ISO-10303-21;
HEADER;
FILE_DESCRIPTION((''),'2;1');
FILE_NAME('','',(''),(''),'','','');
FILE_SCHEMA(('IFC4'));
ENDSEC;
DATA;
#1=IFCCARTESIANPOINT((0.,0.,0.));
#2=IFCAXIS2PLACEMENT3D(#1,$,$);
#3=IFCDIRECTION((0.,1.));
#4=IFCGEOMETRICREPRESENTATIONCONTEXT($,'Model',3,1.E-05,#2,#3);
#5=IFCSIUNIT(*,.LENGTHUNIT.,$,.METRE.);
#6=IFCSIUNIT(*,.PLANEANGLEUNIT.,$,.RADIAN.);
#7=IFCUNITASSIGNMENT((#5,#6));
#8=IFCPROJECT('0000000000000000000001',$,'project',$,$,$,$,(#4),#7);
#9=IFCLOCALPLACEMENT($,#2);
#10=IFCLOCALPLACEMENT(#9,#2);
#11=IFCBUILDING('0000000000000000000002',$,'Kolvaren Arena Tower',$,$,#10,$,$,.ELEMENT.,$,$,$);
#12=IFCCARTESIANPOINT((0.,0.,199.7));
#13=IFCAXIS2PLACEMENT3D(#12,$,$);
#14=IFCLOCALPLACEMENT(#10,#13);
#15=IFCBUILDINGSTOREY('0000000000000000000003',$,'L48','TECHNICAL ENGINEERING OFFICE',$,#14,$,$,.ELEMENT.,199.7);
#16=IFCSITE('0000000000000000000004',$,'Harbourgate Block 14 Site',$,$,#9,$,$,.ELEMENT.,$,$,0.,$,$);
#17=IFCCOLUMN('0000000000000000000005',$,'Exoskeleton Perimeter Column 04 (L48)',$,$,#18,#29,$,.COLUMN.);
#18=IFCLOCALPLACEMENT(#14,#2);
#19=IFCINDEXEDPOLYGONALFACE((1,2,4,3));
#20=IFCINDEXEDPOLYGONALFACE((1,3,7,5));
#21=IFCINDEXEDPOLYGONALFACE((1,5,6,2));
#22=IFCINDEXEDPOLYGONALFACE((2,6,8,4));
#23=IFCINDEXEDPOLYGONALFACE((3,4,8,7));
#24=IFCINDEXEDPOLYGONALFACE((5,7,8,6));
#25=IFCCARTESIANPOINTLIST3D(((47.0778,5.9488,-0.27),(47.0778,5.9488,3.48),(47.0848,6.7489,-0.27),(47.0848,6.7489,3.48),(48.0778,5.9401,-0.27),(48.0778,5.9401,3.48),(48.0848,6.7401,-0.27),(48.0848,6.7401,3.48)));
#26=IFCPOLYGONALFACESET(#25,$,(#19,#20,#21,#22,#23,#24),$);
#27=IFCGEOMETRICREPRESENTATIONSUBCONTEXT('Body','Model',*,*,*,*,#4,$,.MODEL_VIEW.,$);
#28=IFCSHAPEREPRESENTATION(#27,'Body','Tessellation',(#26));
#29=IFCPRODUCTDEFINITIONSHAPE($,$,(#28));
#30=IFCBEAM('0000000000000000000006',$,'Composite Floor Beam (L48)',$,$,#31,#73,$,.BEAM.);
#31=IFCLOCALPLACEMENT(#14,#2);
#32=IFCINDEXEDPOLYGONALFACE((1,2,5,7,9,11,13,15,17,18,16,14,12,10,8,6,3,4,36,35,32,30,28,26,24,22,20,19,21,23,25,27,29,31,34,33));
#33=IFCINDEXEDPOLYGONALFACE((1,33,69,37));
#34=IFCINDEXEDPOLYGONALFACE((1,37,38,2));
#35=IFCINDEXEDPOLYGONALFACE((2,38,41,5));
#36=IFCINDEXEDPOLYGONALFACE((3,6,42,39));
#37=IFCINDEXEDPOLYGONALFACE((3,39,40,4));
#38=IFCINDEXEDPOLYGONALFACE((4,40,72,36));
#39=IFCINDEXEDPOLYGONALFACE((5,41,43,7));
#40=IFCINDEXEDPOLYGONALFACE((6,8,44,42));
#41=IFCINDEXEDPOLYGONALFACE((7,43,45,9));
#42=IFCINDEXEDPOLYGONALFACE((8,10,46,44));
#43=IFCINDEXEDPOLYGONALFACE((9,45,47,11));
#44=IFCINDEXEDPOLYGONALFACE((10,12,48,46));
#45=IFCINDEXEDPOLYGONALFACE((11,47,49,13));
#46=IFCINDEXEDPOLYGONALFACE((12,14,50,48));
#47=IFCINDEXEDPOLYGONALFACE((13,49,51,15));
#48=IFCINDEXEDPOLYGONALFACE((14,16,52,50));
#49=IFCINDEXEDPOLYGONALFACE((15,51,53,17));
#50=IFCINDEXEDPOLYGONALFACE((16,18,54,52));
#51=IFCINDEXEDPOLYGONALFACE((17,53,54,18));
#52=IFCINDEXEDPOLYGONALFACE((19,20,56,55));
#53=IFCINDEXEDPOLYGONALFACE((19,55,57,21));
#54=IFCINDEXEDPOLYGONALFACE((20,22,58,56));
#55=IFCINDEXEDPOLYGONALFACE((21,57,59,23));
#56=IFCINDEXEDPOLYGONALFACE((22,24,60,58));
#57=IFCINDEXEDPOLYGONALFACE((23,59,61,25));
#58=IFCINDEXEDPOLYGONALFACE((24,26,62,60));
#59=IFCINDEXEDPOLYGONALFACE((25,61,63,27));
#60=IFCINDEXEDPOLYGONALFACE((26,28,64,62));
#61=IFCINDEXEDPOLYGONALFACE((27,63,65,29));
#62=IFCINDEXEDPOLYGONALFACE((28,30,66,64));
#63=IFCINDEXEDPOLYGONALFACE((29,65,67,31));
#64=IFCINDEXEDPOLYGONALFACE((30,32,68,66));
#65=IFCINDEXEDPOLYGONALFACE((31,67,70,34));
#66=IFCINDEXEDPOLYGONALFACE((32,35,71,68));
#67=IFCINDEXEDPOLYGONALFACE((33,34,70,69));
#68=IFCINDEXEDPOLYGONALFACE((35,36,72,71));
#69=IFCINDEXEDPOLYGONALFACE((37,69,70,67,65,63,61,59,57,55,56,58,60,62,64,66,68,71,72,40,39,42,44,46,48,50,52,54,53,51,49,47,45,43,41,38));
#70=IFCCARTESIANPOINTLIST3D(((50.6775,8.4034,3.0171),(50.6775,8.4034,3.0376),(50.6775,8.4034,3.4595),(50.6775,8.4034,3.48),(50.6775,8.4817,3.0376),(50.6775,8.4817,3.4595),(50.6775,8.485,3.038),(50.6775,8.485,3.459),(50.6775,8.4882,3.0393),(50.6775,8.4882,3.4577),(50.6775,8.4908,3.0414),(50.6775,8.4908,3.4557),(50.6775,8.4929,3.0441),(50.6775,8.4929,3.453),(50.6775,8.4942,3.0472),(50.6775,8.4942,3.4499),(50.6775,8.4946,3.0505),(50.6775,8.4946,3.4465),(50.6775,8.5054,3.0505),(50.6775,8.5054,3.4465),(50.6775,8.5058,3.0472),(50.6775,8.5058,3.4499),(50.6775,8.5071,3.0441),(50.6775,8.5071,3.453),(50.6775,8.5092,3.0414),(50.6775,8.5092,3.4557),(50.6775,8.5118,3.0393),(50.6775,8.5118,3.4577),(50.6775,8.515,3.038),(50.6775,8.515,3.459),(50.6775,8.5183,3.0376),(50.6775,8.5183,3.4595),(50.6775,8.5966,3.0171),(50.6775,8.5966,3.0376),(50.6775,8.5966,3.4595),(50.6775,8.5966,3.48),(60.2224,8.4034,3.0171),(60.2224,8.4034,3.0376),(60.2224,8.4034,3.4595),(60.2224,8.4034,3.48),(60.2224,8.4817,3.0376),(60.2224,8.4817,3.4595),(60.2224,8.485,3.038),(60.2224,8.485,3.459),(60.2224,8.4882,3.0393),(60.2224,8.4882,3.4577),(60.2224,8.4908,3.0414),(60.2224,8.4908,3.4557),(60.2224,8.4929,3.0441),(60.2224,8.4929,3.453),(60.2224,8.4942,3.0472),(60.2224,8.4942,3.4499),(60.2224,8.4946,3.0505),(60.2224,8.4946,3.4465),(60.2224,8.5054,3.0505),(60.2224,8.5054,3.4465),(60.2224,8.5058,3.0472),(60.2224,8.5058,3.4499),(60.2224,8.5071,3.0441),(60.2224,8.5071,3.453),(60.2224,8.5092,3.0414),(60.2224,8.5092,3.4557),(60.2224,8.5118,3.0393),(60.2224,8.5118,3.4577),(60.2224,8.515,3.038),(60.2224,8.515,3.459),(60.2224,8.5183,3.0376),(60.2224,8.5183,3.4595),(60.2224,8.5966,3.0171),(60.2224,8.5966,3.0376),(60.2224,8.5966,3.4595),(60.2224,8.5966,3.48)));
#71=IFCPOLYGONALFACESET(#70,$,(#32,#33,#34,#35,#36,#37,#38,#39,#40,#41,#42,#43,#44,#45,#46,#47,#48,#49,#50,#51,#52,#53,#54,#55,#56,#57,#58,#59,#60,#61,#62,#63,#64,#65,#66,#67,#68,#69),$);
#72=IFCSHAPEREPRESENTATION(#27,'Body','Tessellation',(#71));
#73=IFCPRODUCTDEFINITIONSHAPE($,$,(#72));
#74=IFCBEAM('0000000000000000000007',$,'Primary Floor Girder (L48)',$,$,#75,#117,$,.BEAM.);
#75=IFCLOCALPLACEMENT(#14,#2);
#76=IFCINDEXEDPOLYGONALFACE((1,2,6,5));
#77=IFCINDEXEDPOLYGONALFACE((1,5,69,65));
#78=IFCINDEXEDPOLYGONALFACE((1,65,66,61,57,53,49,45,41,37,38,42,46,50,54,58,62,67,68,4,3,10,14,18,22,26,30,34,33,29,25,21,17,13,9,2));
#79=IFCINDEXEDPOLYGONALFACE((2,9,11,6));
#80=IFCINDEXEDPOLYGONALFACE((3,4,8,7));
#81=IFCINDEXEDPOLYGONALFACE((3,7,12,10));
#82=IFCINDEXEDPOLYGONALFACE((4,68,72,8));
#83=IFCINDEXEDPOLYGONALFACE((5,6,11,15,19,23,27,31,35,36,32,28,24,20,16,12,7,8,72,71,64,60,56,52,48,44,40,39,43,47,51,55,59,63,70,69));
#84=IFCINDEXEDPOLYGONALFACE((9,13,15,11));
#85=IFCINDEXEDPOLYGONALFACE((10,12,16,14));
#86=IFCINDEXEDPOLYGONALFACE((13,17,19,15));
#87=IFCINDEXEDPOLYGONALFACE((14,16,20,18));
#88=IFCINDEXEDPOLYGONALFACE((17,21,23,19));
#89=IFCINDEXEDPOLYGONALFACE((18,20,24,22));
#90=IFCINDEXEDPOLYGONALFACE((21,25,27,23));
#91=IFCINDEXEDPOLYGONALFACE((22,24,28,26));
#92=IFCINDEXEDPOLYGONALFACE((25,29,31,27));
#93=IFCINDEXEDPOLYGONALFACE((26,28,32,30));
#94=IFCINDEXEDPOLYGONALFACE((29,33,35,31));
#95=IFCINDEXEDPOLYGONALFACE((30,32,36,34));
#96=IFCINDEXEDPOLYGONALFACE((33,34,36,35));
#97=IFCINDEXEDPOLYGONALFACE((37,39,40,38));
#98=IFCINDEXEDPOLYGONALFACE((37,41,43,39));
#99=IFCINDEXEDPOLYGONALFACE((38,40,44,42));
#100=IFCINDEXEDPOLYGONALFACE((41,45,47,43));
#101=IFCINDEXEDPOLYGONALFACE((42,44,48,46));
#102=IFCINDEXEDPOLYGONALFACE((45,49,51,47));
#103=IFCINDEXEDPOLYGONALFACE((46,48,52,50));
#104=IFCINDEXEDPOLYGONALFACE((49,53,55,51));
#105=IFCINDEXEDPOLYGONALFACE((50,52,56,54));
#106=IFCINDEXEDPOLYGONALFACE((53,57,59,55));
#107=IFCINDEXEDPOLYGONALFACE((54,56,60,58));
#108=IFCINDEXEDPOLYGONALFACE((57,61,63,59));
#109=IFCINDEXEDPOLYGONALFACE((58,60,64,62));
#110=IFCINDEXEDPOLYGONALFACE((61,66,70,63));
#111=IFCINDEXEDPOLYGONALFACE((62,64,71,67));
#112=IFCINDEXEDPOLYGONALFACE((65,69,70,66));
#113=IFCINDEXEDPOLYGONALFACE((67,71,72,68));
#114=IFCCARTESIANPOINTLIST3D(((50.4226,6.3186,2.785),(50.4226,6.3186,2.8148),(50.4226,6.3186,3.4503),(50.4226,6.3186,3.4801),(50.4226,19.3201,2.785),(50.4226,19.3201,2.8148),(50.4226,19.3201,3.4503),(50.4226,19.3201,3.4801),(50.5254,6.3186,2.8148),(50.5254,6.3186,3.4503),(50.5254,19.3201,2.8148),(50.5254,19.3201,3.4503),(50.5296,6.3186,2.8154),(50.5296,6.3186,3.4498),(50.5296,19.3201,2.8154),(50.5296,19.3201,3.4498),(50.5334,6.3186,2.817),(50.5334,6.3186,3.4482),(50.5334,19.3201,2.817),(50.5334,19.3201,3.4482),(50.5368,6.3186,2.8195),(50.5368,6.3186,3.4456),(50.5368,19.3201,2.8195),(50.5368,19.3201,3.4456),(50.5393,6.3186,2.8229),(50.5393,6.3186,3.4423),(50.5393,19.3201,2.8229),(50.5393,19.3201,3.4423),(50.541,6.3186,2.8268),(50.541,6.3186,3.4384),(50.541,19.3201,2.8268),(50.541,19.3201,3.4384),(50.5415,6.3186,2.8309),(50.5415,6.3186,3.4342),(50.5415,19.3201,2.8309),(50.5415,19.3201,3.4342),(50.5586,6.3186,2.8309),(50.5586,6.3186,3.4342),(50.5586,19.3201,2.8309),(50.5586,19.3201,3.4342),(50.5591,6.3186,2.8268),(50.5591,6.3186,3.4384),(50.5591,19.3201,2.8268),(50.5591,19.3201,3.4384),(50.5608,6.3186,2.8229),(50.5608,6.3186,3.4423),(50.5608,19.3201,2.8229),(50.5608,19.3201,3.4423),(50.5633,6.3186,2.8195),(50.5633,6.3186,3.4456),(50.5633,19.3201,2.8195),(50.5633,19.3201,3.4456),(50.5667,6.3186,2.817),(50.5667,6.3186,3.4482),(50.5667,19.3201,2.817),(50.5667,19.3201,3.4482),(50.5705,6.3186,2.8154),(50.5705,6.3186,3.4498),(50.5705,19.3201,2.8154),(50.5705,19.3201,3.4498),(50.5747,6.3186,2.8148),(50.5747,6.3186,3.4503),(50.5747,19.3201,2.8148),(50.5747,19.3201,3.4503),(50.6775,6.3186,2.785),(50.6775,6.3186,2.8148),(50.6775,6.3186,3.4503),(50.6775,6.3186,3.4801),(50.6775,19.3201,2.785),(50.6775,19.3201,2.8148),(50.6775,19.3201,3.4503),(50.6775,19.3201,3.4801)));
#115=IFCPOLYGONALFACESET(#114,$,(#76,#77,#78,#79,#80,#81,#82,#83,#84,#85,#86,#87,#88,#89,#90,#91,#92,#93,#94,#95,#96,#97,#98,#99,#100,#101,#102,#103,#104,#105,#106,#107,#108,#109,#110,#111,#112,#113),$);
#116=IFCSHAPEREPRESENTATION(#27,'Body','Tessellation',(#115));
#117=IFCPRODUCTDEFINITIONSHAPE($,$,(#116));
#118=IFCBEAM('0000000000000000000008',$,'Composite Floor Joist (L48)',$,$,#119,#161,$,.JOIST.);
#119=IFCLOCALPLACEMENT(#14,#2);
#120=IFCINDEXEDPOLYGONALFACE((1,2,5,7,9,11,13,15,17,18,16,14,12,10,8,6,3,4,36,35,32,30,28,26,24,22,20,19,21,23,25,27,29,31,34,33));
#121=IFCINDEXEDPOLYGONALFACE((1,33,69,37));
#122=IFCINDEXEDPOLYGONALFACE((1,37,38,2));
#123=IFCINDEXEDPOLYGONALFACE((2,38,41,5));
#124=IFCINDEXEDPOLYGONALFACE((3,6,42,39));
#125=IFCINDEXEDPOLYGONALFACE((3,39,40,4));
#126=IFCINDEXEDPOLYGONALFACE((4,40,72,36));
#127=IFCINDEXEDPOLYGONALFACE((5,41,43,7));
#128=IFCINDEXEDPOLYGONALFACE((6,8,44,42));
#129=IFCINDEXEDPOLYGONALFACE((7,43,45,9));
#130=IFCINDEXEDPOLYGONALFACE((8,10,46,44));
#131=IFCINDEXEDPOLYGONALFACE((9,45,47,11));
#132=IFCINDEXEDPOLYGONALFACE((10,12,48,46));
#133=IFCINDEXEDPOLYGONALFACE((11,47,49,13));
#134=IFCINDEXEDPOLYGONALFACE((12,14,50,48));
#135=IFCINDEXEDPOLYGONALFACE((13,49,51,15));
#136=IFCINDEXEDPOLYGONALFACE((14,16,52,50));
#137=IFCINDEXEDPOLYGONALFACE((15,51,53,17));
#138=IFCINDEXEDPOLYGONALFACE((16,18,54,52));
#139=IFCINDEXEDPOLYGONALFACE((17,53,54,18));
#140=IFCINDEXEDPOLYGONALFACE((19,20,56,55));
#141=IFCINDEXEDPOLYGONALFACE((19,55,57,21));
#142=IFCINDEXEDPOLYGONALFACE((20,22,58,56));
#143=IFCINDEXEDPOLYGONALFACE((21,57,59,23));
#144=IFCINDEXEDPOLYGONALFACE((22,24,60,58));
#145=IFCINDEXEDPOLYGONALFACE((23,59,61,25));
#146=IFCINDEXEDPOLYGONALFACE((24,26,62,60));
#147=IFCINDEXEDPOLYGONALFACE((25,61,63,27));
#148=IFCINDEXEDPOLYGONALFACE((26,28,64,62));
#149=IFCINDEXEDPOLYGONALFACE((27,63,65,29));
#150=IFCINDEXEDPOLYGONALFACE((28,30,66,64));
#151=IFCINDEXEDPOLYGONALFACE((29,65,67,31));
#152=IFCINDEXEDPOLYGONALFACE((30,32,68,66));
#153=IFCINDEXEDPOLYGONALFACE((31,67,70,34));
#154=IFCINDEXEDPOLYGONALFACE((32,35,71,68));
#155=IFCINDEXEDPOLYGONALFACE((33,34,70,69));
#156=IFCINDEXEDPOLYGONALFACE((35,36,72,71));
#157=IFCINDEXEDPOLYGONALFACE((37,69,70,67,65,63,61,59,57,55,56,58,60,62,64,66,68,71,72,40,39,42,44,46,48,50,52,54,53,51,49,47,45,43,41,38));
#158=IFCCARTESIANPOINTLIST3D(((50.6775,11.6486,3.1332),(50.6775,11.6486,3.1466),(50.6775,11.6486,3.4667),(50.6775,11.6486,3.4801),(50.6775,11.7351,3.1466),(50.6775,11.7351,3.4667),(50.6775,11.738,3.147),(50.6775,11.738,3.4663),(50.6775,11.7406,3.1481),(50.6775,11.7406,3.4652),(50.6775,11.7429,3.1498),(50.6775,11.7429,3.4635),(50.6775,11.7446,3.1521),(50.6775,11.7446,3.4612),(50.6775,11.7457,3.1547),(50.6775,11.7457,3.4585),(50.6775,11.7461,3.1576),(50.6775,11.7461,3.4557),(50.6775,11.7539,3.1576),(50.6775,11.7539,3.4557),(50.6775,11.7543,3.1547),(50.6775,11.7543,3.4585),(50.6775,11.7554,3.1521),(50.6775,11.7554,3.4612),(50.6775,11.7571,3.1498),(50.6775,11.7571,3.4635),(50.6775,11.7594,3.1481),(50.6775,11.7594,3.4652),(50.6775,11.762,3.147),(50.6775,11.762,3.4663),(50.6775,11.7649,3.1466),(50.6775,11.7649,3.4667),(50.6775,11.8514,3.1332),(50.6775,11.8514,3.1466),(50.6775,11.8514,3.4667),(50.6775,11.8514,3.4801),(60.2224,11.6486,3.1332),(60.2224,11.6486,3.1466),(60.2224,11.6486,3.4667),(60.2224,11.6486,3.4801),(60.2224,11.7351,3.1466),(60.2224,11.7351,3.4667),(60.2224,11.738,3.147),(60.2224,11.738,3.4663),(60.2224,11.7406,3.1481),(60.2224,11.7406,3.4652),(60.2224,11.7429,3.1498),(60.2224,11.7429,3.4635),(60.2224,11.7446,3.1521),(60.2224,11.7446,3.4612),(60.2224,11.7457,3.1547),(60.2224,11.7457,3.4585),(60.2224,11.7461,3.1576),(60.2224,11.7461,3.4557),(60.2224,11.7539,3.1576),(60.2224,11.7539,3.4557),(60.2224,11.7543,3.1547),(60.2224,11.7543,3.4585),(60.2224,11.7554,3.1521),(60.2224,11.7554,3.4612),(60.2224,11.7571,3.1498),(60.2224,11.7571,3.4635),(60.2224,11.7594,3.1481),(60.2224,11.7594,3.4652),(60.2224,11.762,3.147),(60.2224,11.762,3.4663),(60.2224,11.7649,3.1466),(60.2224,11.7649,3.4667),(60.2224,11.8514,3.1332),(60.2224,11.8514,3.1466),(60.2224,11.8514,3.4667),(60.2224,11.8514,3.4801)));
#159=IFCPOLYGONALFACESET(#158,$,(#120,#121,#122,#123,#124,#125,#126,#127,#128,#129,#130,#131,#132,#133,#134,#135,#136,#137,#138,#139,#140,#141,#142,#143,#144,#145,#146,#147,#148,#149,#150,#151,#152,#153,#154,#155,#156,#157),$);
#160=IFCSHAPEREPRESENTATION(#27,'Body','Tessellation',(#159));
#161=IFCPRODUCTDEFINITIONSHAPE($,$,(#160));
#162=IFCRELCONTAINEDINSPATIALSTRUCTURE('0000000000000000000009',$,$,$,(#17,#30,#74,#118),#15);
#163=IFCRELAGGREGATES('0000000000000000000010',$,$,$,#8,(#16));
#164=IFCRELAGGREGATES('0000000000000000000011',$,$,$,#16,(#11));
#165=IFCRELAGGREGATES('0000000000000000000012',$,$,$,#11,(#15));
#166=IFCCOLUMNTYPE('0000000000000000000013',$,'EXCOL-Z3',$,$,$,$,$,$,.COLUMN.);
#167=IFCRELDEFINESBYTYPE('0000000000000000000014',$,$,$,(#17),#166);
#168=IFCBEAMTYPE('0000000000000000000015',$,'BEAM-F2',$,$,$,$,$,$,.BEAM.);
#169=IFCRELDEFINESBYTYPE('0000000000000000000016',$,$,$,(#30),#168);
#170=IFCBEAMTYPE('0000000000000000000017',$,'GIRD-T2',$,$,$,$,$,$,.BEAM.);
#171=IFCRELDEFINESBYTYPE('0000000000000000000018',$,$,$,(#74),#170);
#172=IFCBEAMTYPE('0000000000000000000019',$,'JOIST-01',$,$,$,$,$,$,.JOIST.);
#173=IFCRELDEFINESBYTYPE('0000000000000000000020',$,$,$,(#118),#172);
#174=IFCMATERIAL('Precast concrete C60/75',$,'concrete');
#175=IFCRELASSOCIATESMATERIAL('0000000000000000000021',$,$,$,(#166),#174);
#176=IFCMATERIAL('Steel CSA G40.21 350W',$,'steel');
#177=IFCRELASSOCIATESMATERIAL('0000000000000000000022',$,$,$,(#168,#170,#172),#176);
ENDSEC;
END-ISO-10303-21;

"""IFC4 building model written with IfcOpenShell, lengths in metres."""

from ifc_helpers import new_model, si_unit, direction, frame, origin, origin_2d, place, context, subcontext, project, spatial, rectangle, i_section, extrude, material, material_profile, profile_set, type_object, element, save


model = new_model("IFC4")

# Units and contexts
model_context = context("Model", 3, precision=1e-05, world=origin(), true_north=direction((0.0, 1.0)))
body_context = subcontext(model_context, "Body", "Model", "MODEL_VIEW")
ifc_project = project(units=[si_unit("LENGTHUNIT", "METRE"), si_unit("PLANEANGLEUNIT", "RADIAN")], contexts=[model_context])

# Site, building, storey
site_placement = place(None, origin())
site = spatial("IfcSite", under=ifc_project, at=site_placement, Name="Harbourgate Block 14 Site", CompositionType="ELEMENT", RefElevation=0.0)
building_placement = place(site_placement, origin())
building = spatial("IfcBuilding", under=site, at=building_placement, Name="Kolvaren Arena Tower", CompositionType="ELEMENT")
storey_placement = place(building_placement, frame((0.0, 0.0, 199.7)))
storey = spatial("IfcBuildingStorey", under=building, at=storey_placement, Name="L48", Description="TECHNICAL ENGINEERING OFFICE", CompositionType="ELEMENT", Elevation=199.7)

# Column
ifc_material_1 = material(Name="Precast concrete C60/75", Category="concrete")
ifc_material_profile_1 = material_profile(ifc_material_1, rectangle(XDim=1.0, YDim=0.8, at=origin_2d()), Name="RC-1000x800")
ifc_profile_set_1 = profile_set([ifc_material_profile_1], Name="Precast concrete C60/75")
column_type = type_object("IfcColumnType", Name="EXCOL-Z3", PredefinedType="COLUMN", material=ifc_profile_set_1)
column_placement = place(storey_placement, frame((47.5813, 6.3445, -0.27), z_axis=(0.0, 0.0, 1.0), x_axis=(0.999962, -0.008727, 0.0)))
element("IfcColumn", 1, at=column_placement, inside=storey, type_object=column_type, Name="Exoskeleton Perimeter Column 04 (L48)", PredefinedType="COLUMN", context=body_context, shape_type="SweptSolid", body=[
    extrude(rectangle(XDim=1.0, YDim=0.8, at=origin_2d()), origin(), (0.0, 0.0, 1.0), 3.75),
])

# Beams
ifc_material_2 = material(Name="Steel CSA G40.21 350W", Category="steel")
ifc_material_profile_2 = material_profile(ifc_material_2, i_section(OverallWidth=0.1931, OverallDepth=0.4629, WebThickness=0.0107, FlangeThickness=0.0205, FilletRadius=0.0129, at=origin_2d()), Name="W460x113")
ifc_profile_set_2 = profile_set([ifc_material_profile_2], Name="Steel CSA G40.21 350W")
beam_type_1 = type_object("IfcBeamType", Name="BEAM-F2", PredefinedType="BEAM", material=ifc_profile_set_2)
beam_1_placement = place(storey_placement, frame((50.6775, 8.5, 3.2485), z_axis=(1.0, 0.0, 0.0), x_axis=(0.0, 1.0, 0.0)))
element("IfcBeam", 2, at=beam_1_placement, inside=storey, type_object=beam_type_1, Name="Composite Floor Beam (L48)", PredefinedType="BEAM", context=body_context, shape_type="SweptSolid", body=[
    extrude(i_section(OverallWidth=0.1931, OverallDepth=0.4629, WebThickness=0.0107, FlangeThickness=0.0205, FilletRadius=0.0129, at=origin_2d()), origin(), (0.0, 0.0, 1.0), 9.5449),
])
ifc_material_profile_3 = material_profile(ifc_material_2, i_section(OverallWidth=0.2549, OverallDepth=0.6951, WebThickness=0.0171, FlangeThickness=0.0298, FilletRadius=0.0161, at=origin_2d()), Name="W690x217")
ifc_profile_set_3 = profile_set([ifc_material_profile_3], Name="Steel CSA G40.21 350W")
beam_type_2 = type_object("IfcBeamType", Name="GIRD-T2", PredefinedType="BEAM", material=ifc_profile_set_3)
beam_2_placement = place(storey_placement, frame((50.55, 6.3186, 3.1326), z_axis=(0.0, 1.0, 0.0), x_axis=(-1.0, 0.0, 0.0)))
element("IfcBeam", 3, at=beam_2_placement, inside=storey, type_object=beam_type_2, Name="Primary Floor Girder (L48)", PredefinedType="BEAM", context=body_context, shape_type="SweptSolid", body=[
    extrude(i_section(OverallWidth=0.2549, OverallDepth=0.6951, WebThickness=0.0171, FlangeThickness=0.0298, FilletRadius=0.0161, at=origin_2d()), origin(), (0.0, 0.0, 1.0), 13.0015),
])
ifc_material_profile_4 = material_profile(ifc_material_2, i_section(OverallWidth=0.2029, OverallDepth=0.3469, WebThickness=0.0078, FlangeThickness=0.0134, FilletRadius=0.011, at=origin_2d()), Name="W360x64")
ifc_profile_set_4 = profile_set([ifc_material_profile_4], Name="Steel CSA G40.21 350W")
beam_type_3 = type_object("IfcBeamType", Name="JOIST-01", PredefinedType="JOIST", material=ifc_profile_set_4)
for number, where, z_axis, x_axis, name in (
    (4, (50.6775, 11.75, 3.3066), (1.0, 0.0, 0.0), (0.0, 1.0, 0.0), "Composite Floor Joist (L48)"),
):
    element("IfcBeam", number, at=place(storey_placement, frame(where, z_axis=z_axis, x_axis=x_axis)), inside=storey, type_object=beam_type_3, Name=name, PredefinedType="JOIST", context=body_context, shape_type="SweptSolid", body=[
        extrude(i_section(OverallWidth=0.2029, OverallDepth=0.3469, WebThickness=0.0078, FlangeThickness=0.0134, FilletRadius=0.011, at=origin_2d()), origin(), (0.0, 0.0, 1.0), 9.5449),
    ])

save(model, "model.ifc")
